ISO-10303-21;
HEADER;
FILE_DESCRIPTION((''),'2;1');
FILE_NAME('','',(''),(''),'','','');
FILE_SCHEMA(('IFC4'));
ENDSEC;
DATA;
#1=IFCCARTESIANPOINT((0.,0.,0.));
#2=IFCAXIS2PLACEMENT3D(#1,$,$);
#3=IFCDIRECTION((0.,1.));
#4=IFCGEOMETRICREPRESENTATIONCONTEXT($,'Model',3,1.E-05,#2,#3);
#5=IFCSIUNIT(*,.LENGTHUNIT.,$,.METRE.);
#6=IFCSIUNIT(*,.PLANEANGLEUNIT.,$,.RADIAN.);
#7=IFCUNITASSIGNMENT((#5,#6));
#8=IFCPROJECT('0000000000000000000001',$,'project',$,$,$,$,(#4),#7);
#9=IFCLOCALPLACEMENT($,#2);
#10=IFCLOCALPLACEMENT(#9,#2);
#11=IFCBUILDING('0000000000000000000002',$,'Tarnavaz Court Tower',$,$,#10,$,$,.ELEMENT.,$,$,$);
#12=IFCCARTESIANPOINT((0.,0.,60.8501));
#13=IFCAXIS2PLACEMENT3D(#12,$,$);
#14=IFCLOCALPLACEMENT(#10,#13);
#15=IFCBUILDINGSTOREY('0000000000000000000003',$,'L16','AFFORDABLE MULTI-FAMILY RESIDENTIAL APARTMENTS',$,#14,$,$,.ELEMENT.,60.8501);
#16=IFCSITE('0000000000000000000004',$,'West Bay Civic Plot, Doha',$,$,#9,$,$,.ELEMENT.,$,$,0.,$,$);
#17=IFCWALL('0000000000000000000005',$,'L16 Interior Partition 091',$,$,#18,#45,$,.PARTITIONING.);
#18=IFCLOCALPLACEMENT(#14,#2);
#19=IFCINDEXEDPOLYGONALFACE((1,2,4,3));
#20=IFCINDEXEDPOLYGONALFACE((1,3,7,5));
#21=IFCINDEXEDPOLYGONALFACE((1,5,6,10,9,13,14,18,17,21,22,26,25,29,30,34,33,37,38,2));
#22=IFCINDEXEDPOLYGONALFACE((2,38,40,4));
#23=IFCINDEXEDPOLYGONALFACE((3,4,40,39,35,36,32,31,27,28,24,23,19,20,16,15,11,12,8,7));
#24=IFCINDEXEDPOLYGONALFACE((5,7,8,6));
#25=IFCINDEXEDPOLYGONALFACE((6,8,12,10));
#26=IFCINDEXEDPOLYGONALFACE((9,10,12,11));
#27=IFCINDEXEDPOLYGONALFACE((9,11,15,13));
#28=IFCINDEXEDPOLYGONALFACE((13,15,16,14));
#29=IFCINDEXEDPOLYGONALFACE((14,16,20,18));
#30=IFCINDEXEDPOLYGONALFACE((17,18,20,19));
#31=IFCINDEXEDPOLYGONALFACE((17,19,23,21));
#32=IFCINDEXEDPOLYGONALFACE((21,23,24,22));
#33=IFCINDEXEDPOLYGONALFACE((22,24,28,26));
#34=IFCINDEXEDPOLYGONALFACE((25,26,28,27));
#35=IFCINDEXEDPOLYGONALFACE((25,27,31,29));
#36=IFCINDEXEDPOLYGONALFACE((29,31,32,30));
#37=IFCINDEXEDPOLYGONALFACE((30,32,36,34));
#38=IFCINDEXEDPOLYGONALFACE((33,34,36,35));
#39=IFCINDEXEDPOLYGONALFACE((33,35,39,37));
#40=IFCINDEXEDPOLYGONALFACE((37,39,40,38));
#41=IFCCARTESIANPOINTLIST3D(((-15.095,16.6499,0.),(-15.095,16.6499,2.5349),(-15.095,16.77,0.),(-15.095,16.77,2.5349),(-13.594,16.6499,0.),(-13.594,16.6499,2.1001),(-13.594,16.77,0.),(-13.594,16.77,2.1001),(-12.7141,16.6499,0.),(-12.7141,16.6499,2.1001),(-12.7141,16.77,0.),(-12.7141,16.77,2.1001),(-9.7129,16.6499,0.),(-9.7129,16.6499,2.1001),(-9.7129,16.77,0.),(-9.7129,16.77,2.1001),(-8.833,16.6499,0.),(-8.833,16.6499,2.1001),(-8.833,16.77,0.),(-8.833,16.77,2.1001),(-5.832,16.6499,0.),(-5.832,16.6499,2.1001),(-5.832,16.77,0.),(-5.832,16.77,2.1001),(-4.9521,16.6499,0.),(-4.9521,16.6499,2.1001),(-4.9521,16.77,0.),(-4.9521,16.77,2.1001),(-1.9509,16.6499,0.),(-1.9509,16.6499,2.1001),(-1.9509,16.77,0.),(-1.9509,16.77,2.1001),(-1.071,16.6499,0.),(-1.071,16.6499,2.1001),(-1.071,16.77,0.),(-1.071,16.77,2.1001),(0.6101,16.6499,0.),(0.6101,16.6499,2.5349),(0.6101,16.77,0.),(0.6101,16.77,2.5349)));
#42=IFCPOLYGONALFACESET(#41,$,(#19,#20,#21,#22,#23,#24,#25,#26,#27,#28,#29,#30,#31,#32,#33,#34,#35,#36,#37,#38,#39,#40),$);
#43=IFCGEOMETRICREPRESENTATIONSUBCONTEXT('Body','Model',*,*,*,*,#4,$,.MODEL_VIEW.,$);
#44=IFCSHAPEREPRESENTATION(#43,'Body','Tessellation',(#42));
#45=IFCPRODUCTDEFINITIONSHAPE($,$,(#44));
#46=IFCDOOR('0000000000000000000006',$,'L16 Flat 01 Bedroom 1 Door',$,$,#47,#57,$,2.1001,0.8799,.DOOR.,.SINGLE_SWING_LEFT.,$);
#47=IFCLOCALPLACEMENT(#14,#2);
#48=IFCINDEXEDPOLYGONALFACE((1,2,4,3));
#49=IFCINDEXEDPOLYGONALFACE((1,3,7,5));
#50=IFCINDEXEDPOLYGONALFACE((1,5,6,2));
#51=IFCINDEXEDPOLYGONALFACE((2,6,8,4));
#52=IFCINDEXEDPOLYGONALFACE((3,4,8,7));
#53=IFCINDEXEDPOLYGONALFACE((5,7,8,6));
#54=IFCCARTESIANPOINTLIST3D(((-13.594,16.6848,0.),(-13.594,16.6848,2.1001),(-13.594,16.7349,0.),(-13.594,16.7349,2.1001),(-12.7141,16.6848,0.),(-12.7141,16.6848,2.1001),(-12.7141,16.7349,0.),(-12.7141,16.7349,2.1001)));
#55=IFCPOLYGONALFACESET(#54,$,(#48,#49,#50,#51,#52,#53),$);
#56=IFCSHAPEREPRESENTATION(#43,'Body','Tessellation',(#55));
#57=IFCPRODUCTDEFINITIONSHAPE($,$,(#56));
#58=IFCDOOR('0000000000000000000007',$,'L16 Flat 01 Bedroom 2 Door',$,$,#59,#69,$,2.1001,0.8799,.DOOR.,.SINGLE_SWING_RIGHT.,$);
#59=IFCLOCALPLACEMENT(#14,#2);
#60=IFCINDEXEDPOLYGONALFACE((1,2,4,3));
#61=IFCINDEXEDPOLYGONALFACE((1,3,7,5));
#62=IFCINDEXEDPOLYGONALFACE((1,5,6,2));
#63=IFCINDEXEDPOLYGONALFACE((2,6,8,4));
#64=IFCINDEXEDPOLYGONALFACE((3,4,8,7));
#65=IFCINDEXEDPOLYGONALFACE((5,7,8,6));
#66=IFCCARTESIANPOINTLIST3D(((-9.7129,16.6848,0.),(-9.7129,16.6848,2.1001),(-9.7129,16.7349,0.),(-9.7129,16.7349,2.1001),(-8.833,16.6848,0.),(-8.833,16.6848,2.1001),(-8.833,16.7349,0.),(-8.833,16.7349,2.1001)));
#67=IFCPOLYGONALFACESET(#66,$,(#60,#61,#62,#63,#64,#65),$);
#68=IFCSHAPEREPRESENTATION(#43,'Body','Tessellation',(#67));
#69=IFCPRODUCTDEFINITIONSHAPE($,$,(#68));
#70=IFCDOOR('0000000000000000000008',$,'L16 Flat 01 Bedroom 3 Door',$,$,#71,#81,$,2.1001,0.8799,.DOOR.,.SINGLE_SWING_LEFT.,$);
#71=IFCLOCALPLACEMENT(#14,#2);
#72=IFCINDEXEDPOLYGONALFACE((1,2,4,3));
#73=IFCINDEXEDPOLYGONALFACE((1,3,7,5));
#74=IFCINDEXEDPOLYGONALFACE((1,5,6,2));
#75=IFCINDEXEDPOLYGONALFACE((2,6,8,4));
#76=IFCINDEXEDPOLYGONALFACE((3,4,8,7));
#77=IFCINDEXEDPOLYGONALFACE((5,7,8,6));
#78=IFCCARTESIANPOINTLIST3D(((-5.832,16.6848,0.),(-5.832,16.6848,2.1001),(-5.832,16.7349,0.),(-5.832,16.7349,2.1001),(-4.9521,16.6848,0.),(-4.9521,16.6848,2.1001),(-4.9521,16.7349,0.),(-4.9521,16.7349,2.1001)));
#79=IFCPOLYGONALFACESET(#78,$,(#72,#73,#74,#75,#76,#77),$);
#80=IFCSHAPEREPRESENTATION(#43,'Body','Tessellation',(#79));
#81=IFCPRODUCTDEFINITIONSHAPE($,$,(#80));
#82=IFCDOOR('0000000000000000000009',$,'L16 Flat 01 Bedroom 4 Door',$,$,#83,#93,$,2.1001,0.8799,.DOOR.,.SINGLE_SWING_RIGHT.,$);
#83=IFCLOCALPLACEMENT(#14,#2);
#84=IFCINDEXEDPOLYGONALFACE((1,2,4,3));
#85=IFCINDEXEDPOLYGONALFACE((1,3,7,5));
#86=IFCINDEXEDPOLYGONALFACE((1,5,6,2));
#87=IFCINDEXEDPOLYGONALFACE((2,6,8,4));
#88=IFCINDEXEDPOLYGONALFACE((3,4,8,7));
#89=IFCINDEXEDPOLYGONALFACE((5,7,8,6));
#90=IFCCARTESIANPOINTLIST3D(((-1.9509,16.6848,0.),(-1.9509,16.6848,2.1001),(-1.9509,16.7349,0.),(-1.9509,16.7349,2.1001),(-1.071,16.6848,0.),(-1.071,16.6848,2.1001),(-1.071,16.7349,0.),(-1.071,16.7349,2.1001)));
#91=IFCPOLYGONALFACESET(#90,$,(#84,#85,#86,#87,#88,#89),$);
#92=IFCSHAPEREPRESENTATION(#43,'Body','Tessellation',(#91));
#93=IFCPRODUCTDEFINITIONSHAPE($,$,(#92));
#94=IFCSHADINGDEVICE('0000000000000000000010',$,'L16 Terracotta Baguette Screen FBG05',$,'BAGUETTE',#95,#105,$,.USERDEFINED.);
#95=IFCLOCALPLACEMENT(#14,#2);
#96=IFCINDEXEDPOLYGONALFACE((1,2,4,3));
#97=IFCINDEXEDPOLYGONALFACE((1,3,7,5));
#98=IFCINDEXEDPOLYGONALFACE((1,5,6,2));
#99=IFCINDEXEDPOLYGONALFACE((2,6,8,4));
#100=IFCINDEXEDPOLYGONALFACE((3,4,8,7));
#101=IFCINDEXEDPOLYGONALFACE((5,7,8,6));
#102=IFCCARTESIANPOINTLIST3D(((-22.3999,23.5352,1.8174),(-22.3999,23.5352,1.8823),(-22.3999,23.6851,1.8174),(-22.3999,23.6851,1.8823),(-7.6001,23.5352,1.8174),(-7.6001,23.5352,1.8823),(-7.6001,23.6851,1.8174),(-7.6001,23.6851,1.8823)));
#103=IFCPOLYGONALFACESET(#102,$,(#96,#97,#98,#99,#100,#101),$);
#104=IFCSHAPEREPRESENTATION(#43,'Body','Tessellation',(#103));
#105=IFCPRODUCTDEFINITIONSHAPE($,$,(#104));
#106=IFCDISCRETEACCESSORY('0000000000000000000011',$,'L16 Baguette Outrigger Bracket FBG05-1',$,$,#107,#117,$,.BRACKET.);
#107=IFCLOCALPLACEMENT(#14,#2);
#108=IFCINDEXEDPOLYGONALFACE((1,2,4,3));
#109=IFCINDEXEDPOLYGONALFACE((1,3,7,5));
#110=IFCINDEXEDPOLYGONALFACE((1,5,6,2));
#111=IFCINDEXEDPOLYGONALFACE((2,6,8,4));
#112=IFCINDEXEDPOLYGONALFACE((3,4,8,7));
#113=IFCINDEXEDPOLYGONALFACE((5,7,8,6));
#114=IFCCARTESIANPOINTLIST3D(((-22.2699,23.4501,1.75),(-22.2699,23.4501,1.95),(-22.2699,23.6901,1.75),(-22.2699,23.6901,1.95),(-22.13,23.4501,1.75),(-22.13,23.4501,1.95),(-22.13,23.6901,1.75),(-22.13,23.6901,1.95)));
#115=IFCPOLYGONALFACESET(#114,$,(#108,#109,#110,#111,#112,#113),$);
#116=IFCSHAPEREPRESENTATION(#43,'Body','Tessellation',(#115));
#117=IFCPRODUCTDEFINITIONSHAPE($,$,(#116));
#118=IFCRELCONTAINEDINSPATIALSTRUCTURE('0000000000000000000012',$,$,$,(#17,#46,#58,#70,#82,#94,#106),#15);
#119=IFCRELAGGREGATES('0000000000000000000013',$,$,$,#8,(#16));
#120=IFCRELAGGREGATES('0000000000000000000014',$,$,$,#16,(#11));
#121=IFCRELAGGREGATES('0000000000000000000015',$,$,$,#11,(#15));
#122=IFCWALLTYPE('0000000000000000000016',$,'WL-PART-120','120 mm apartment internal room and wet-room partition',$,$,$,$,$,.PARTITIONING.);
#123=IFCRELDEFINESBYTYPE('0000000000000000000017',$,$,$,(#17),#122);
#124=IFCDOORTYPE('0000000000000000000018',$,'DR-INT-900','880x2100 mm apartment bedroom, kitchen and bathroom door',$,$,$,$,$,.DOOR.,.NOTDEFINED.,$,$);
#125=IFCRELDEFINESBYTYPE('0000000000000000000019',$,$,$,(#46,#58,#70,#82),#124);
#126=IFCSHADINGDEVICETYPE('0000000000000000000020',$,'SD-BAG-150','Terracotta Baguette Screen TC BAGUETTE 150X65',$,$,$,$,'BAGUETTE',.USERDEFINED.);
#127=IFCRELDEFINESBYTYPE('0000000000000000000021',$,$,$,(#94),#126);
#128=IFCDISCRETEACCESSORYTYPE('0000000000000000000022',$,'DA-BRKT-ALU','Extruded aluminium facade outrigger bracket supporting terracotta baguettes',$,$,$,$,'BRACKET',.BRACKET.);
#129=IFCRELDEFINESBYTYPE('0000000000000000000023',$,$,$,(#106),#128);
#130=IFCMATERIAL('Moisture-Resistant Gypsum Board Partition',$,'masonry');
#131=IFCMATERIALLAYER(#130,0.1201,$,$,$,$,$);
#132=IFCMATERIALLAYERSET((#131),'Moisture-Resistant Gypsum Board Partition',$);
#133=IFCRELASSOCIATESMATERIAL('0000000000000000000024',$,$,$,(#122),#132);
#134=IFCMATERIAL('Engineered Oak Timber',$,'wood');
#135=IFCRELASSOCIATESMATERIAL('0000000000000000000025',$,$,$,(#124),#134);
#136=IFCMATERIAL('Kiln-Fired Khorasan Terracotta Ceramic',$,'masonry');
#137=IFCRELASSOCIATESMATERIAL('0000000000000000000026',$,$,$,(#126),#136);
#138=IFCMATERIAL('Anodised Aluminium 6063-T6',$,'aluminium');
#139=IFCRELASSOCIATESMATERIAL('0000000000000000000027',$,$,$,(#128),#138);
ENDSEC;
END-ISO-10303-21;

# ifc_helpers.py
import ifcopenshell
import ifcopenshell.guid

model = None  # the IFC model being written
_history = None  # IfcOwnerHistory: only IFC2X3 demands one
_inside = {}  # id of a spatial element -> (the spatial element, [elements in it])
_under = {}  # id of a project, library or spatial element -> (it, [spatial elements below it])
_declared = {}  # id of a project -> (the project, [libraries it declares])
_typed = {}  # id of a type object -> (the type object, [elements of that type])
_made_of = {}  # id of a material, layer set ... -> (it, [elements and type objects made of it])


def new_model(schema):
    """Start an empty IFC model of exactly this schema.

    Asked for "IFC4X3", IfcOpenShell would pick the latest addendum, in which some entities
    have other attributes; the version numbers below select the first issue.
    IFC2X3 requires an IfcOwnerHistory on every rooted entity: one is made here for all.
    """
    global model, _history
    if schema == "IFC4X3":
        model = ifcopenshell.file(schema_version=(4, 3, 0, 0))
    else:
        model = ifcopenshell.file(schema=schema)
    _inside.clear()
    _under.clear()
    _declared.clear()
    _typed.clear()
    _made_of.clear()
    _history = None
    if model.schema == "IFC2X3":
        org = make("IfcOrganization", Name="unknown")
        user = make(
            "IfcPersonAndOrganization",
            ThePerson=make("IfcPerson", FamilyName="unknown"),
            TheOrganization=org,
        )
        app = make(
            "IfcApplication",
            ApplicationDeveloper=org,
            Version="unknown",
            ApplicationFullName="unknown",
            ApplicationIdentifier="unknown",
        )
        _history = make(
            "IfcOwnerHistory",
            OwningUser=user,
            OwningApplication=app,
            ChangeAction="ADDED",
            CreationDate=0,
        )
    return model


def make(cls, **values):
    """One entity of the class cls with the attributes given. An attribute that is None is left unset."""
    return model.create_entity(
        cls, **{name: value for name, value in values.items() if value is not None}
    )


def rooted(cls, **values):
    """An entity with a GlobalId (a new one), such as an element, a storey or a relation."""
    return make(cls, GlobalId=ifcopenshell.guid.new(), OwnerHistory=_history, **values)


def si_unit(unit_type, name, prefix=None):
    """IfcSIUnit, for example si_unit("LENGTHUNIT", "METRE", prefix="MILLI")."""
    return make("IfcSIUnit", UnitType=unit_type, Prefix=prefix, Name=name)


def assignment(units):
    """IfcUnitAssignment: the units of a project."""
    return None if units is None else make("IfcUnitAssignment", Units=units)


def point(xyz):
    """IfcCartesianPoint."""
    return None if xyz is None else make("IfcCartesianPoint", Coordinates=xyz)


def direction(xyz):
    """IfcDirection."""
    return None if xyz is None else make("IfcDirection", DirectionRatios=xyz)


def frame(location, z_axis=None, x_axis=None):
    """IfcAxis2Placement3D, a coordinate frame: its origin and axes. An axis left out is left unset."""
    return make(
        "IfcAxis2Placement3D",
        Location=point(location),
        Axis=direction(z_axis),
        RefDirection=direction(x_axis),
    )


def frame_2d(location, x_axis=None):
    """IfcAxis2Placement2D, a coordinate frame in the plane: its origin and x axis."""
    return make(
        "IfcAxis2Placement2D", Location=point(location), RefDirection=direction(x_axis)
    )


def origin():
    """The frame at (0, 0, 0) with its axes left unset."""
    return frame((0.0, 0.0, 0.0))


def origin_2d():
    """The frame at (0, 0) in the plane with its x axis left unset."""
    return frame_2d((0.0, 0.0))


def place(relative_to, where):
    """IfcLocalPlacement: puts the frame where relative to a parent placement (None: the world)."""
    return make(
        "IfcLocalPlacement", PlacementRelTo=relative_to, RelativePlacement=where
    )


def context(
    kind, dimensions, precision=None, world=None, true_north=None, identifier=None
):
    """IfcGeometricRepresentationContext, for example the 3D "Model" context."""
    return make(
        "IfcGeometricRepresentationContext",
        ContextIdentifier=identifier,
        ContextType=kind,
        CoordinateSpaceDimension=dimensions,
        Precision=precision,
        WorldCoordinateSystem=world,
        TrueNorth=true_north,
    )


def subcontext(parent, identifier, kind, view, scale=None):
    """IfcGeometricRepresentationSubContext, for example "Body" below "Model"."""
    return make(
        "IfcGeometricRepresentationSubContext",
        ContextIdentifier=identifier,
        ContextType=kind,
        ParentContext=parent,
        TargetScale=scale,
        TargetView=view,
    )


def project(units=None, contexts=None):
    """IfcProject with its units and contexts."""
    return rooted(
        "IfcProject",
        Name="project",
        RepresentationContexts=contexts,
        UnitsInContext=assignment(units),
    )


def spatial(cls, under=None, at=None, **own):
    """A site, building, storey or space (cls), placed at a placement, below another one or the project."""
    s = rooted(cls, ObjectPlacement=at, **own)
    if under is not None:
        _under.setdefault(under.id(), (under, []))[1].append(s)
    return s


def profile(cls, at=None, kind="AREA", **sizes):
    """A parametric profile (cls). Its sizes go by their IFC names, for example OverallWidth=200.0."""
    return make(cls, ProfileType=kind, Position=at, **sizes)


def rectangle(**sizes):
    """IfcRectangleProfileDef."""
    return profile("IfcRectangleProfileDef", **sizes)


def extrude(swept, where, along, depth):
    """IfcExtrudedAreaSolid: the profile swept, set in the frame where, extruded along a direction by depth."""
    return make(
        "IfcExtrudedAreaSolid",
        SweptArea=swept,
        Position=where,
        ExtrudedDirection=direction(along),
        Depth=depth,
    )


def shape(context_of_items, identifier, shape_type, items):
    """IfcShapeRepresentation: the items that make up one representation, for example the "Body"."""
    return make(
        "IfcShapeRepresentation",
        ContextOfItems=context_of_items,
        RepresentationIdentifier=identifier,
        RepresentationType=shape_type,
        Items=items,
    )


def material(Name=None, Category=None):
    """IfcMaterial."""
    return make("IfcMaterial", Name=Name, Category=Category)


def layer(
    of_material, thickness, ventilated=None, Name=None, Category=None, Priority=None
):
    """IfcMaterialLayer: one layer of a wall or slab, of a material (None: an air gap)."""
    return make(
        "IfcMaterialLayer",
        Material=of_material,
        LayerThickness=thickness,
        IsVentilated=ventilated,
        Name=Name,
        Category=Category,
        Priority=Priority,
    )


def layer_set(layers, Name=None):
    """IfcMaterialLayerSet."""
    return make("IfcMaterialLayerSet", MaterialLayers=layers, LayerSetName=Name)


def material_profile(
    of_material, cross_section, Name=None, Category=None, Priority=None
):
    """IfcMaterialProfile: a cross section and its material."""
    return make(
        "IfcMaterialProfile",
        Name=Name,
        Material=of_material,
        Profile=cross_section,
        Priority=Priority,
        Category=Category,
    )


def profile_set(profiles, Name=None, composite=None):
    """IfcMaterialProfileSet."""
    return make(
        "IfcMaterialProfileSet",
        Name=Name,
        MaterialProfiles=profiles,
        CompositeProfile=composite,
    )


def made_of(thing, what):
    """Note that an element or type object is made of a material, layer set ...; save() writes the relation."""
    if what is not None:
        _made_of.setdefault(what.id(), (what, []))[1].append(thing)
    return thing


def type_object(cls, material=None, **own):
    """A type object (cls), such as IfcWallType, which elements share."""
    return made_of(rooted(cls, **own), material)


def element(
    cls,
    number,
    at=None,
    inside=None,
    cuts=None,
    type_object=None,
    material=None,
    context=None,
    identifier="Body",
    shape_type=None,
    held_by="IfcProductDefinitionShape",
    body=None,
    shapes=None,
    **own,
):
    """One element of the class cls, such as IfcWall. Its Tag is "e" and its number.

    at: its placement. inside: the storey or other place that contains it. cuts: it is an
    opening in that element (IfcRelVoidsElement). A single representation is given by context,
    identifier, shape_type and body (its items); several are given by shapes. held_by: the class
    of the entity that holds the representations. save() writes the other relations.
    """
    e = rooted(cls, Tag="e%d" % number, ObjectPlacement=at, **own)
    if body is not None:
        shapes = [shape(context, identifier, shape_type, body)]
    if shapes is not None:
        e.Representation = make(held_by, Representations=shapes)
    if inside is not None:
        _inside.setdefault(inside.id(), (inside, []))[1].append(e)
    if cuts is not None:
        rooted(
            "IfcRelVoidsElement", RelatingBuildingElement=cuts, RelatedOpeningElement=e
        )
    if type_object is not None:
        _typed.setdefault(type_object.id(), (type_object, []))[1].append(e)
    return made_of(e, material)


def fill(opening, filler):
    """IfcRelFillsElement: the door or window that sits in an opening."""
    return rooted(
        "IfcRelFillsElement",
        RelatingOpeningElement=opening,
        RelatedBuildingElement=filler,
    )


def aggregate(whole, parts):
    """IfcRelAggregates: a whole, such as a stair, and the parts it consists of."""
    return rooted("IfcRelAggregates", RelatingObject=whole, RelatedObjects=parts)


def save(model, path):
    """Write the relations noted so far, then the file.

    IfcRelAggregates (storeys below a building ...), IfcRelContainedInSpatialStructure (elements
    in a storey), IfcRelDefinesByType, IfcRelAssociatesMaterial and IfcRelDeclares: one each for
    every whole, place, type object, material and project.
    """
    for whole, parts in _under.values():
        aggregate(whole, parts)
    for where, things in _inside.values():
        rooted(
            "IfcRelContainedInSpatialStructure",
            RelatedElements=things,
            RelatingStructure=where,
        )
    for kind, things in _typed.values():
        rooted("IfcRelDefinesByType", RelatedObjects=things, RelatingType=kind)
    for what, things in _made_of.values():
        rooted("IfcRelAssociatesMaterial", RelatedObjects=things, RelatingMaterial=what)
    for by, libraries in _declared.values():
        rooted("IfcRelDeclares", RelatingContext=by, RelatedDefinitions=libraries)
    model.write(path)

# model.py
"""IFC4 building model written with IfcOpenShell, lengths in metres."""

from ifc_helpers import new_model, si_unit, direction, frame, frame_2d, origin, origin_2d, place, context, subcontext, project, spatial, rectangle, extrude, material, layer, layer_set, material_profile, profile_set, type_object, element, fill, save


model = new_model("IFC4")

# Units and contexts
model_context = context("Model", 3, precision=1e-05, world=origin(), true_north=direction((0.0, 1.0)))
body_context = subcontext(model_context, "Body", "Model", "MODEL_VIEW")
ifc_project = project(units=[si_unit("LENGTHUNIT", "METRE"), si_unit("PLANEANGLEUNIT", "RADIAN")], contexts=[model_context])

# Site, building, storey
site_placement = place(None, origin())
site = spatial("IfcSite", under=ifc_project, at=site_placement, Name="West Bay Civic Plot, Doha", CompositionType="ELEMENT", RefElevation=0.0)
building_placement = place(site_placement, origin())
building = spatial("IfcBuilding", under=site, at=building_placement, Name="Tarnavaz Court Tower", CompositionType="ELEMENT")
storey_placement = place(building_placement, frame((0.0, 0.0, 60.8501)))
storey = spatial("IfcBuildingStorey", under=building, at=storey_placement, Name="L16", Description="AFFORDABLE MULTI-FAMILY RESIDENTIAL APARTMENTS", CompositionType="ELEMENT", Elevation=60.8501)

# Shared definitions
ifc_material_1 = material(Name="Moisture-Resistant Gypsum Board Partition", Category="masonry")
ifc_layer = layer(ifc_material_1, 0.1201)
ifc_layer_set = layer_set([ifc_layer], Name="Moisture-Resistant Gypsum Board Partition")
wall_type = type_object("IfcWallType", Name="WL-PART-120", Description="120 mm apartment internal room and wet-room partition", PredefinedType="PARTITIONING", material=ifc_layer_set)
ifc_material_2 = material(Name="Engineered Oak Timber", Category="wood")
door_type = type_object("IfcDoorType", Name="DR-INT-900", Description="880x2100 mm apartment bedroom, kitchen and bathroom door", OperationType="NOTDEFINED", PredefinedType="DOOR", material=ifc_material_2)

# Wall, openings, doors
wall_1_placement = place(storey_placement, frame((-15.095, 16.71, 0.0), z_axis=(0.0, 0.0, 1.0), x_axis=(1.0, 0.0, 0.0)))
wall_1 = element("IfcWall", 1, at=wall_1_placement, inside=storey, type_object=wall_type, Name="L16 Interior Partition 091", PredefinedType="PARTITIONING", context=body_context, shape_type="SweptSolid", body=[
    extrude(rectangle(XDim=15.7051, YDim=0.1201, at=frame_2d((7.8525, 0.0))), origin(), (0.0, 0.0, 1.0), 2.5349),
])
opening_1_placement = place(wall_1_placement, frame((1.501, 0.0, 0.0)))
opening_1 = element("IfcOpeningElement", 2, at=opening_1_placement, cuts=wall_1, PredefinedType="OPENING", context=body_context, shape_type="SweptSolid", body=[
    extrude(rectangle(XDim=0.8799, YDim=2.1001, at=frame_2d((0.4399, 1.05))), frame((0.0, 0.0701, 0.0), z_axis=(0.0, -1.0, 0.0), x_axis=(1.0, 0.0, 0.0)), (0.0, 0.0, 1.0), 0.1401),
])
opening_2_placement = place(wall_1_placement, frame((5.3821, 0.0, 0.0)))
opening_2 = element("IfcOpeningElement", 3, at=opening_2_placement, cuts=wall_1, PredefinedType="OPENING", context=body_context, shape_type="SweptSolid", body=[
    extrude(rectangle(XDim=0.8799, YDim=2.1001, at=frame_2d((0.4399, 1.05))), frame((0.0, 0.0701, 0.0), z_axis=(0.0, -1.0, 0.0), x_axis=(1.0, 0.0, 0.0)), (0.0, 0.0, 1.0), 0.1401),
])
opening_3_placement = place(wall_1_placement, frame((9.2629, 0.0, 0.0)))
opening_3 = element("IfcOpeningElement", 4, at=opening_3_placement, cuts=wall_1, PredefinedType="OPENING", context=body_context, shape_type="SweptSolid", body=[
    extrude(rectangle(XDim=0.8799, YDim=2.1001, at=frame_2d((0.4399, 1.05))), frame((0.0, 0.0701, 0.0), z_axis=(0.0, -1.0, 0.0), x_axis=(1.0, 0.0, 0.0)), (0.0, 0.0, 1.0), 0.1401),
])
opening_4_placement = place(wall_1_placement, frame((13.144, 0.0, 0.0)))
opening_4 = element("IfcOpeningElement", 5, at=opening_4_placement, cuts=wall_1, PredefinedType="OPENING", context=body_context, shape_type="SweptSolid", body=[
    extrude(rectangle(XDim=0.8799, YDim=2.1001, at=frame_2d((0.4399, 1.05))), frame((0.0, 0.0701, 0.0), z_axis=(0.0, -1.0, 0.0), x_axis=(1.0, 0.0, 0.0)), (0.0, 0.0, 1.0), 0.1401),
])
door_1_placement = place(opening_1_placement, origin())
door_1 = element("IfcDoor", 6, at=door_1_placement, inside=storey, type_object=door_type, Name="L16 Flat 01 Bedroom 1 Door", OperationType="SINGLE_SWING_LEFT", OverallHeight=2.1001, OverallWidth=0.8799, PredefinedType="DOOR", context=body_context, shape_type="SweptSolid", body=[
    extrude(rectangle(XDim=0.8799, YDim=2.1001, at=frame_2d((0.4399, 1.05))), frame((0.0, 0.0249, 0.0), z_axis=(0.0, -1.0, 0.0), x_axis=(1.0, 0.0, 0.0)), (0.0, 0.0, 1.0), 0.05),
])
fill(opening_1, door_1)
door_2_placement = place(opening_2_placement, origin())
door_2 = element("IfcDoor", 7, at=door_2_placement, inside=storey, type_object=door_type, Name="L16 Flat 01 Bedroom 2 Door", OperationType="SINGLE_SWING_RIGHT", OverallHeight=2.1001, OverallWidth=0.8799, PredefinedType="DOOR", context=body_context, shape_type="SweptSolid", body=[
    extrude(rectangle(XDim=0.8799, YDim=2.1001, at=frame_2d((0.4399, 1.05))), frame((0.0, 0.0249, 0.0), z_axis=(0.0, -1.0, 0.0), x_axis=(1.0, 0.0, 0.0)), (0.0, 0.0, 1.0), 0.05),
])
fill(opening_2, door_2)
door_3_placement = place(opening_3_placement, origin())
door_3 = element("IfcDoor", 8, at=door_3_placement, inside=storey, type_object=door_type, Name="L16 Flat 01 Bedroom 3 Door", OperationType="SINGLE_SWING_LEFT", OverallHeight=2.1001, OverallWidth=0.8799, PredefinedType="DOOR", context=body_context, shape_type="SweptSolid", body=[
    extrude(rectangle(XDim=0.8799, YDim=2.1001, at=frame_2d((0.4399, 1.05))), frame((0.0, 0.0249, 0.0), z_axis=(0.0, -1.0, 0.0), x_axis=(1.0, 0.0, 0.0)), (0.0, 0.0, 1.0), 0.05),
])
fill(opening_3, door_3)
door_4_placement = place(opening_4_placement, origin())
door_4 = element("IfcDoor", 9, at=door_4_placement, inside=storey, type_object=door_type, Name="L16 Flat 01 Bedroom 4 Door", OperationType="SINGLE_SWING_RIGHT", OverallHeight=2.1001, OverallWidth=0.8799, PredefinedType="DOOR", context=body_context, shape_type="SweptSolid", body=[
    extrude(rectangle(XDim=0.8799, YDim=2.1001, at=frame_2d((0.4399, 1.05))), frame((0.0, 0.0249, 0.0), z_axis=(0.0, -1.0, 0.0), x_axis=(1.0, 0.0, 0.0)), (0.0, 0.0, 1.0), 0.05),
])
fill(opening_4, door_4)

# Shading device
ifc_material_3 = material(Name="Kiln-Fired Khorasan Terracotta Ceramic", Category="masonry")
ifc_material_profile_1 = material_profile(ifc_material_3, rectangle(XDim=0.1499, YDim=0.0649, at=origin_2d()), Name="TC BAGUETTE 150X65")
ifc_profile_set_1 = profile_set([ifc_material_profile_1], Name="Kiln-Fired Khorasan Terracotta Ceramic")
shading_device_type = type_object("IfcShadingDeviceType", Name="SD-BAG-150", Description="Terracotta Baguette Screen TC BAGUETTE 150X65", ElementType="BAGUETTE", PredefinedType="USERDEFINED", material=ifc_profile_set_1)
shading_device_placement = place(storey_placement, frame((-22.3999, 23.6101, 1.8499), z_axis=(1.0, 0.0, 0.0), x_axis=(0.0, 1.0, 0.0)))
element("IfcShadingDevice", 10, at=shading_device_placement, inside=storey, type_object=shading_device_type, Name="L16 Terracotta Baguette Screen FBG05", ObjectType="BAGUETTE", PredefinedType="USERDEFINED", context=body_context, shape_type="SweptSolid", body=[
    extrude(rectangle(XDim=0.1499, YDim=0.0649, at=origin_2d()), origin(), (0.0, 0.0, 1.0), 14.7998),
])

# Discrete accessory
ifc_material_4 = material(Name="Anodised Aluminium 6063-T6", Category="aluminium")
discrete_accessory_type = type_object("IfcDiscreteAccessoryType", Name="DA-BRKT-ALU", Description="Extruded aluminium facade outrigger bracket supporting terracotta baguettes", ElementType="BRACKET", PredefinedType="BRACKET", material=ifc_material_4)
discrete_accessory_placement = place(storey_placement, frame((-22.2, 23.5701, 1.75), z_axis=(0.0, 0.0, 1.0), x_axis=(1.0, 0.0, 0.0)))
element("IfcDiscreteAccessory", 11, at=discrete_accessory_placement, inside=storey, type_object=discrete_accessory_type, Name="L16 Baguette Outrigger Bracket FBG05-1", PredefinedType="BRACKET", context=body_context, shape_type="SweptSolid", body=[
    extrude(rectangle(XDim=0.1399, YDim=0.24, at=origin_2d()), origin(), (0.0, 0.0, 1.0), 0.2),
])

save(model, "model.ifc")
